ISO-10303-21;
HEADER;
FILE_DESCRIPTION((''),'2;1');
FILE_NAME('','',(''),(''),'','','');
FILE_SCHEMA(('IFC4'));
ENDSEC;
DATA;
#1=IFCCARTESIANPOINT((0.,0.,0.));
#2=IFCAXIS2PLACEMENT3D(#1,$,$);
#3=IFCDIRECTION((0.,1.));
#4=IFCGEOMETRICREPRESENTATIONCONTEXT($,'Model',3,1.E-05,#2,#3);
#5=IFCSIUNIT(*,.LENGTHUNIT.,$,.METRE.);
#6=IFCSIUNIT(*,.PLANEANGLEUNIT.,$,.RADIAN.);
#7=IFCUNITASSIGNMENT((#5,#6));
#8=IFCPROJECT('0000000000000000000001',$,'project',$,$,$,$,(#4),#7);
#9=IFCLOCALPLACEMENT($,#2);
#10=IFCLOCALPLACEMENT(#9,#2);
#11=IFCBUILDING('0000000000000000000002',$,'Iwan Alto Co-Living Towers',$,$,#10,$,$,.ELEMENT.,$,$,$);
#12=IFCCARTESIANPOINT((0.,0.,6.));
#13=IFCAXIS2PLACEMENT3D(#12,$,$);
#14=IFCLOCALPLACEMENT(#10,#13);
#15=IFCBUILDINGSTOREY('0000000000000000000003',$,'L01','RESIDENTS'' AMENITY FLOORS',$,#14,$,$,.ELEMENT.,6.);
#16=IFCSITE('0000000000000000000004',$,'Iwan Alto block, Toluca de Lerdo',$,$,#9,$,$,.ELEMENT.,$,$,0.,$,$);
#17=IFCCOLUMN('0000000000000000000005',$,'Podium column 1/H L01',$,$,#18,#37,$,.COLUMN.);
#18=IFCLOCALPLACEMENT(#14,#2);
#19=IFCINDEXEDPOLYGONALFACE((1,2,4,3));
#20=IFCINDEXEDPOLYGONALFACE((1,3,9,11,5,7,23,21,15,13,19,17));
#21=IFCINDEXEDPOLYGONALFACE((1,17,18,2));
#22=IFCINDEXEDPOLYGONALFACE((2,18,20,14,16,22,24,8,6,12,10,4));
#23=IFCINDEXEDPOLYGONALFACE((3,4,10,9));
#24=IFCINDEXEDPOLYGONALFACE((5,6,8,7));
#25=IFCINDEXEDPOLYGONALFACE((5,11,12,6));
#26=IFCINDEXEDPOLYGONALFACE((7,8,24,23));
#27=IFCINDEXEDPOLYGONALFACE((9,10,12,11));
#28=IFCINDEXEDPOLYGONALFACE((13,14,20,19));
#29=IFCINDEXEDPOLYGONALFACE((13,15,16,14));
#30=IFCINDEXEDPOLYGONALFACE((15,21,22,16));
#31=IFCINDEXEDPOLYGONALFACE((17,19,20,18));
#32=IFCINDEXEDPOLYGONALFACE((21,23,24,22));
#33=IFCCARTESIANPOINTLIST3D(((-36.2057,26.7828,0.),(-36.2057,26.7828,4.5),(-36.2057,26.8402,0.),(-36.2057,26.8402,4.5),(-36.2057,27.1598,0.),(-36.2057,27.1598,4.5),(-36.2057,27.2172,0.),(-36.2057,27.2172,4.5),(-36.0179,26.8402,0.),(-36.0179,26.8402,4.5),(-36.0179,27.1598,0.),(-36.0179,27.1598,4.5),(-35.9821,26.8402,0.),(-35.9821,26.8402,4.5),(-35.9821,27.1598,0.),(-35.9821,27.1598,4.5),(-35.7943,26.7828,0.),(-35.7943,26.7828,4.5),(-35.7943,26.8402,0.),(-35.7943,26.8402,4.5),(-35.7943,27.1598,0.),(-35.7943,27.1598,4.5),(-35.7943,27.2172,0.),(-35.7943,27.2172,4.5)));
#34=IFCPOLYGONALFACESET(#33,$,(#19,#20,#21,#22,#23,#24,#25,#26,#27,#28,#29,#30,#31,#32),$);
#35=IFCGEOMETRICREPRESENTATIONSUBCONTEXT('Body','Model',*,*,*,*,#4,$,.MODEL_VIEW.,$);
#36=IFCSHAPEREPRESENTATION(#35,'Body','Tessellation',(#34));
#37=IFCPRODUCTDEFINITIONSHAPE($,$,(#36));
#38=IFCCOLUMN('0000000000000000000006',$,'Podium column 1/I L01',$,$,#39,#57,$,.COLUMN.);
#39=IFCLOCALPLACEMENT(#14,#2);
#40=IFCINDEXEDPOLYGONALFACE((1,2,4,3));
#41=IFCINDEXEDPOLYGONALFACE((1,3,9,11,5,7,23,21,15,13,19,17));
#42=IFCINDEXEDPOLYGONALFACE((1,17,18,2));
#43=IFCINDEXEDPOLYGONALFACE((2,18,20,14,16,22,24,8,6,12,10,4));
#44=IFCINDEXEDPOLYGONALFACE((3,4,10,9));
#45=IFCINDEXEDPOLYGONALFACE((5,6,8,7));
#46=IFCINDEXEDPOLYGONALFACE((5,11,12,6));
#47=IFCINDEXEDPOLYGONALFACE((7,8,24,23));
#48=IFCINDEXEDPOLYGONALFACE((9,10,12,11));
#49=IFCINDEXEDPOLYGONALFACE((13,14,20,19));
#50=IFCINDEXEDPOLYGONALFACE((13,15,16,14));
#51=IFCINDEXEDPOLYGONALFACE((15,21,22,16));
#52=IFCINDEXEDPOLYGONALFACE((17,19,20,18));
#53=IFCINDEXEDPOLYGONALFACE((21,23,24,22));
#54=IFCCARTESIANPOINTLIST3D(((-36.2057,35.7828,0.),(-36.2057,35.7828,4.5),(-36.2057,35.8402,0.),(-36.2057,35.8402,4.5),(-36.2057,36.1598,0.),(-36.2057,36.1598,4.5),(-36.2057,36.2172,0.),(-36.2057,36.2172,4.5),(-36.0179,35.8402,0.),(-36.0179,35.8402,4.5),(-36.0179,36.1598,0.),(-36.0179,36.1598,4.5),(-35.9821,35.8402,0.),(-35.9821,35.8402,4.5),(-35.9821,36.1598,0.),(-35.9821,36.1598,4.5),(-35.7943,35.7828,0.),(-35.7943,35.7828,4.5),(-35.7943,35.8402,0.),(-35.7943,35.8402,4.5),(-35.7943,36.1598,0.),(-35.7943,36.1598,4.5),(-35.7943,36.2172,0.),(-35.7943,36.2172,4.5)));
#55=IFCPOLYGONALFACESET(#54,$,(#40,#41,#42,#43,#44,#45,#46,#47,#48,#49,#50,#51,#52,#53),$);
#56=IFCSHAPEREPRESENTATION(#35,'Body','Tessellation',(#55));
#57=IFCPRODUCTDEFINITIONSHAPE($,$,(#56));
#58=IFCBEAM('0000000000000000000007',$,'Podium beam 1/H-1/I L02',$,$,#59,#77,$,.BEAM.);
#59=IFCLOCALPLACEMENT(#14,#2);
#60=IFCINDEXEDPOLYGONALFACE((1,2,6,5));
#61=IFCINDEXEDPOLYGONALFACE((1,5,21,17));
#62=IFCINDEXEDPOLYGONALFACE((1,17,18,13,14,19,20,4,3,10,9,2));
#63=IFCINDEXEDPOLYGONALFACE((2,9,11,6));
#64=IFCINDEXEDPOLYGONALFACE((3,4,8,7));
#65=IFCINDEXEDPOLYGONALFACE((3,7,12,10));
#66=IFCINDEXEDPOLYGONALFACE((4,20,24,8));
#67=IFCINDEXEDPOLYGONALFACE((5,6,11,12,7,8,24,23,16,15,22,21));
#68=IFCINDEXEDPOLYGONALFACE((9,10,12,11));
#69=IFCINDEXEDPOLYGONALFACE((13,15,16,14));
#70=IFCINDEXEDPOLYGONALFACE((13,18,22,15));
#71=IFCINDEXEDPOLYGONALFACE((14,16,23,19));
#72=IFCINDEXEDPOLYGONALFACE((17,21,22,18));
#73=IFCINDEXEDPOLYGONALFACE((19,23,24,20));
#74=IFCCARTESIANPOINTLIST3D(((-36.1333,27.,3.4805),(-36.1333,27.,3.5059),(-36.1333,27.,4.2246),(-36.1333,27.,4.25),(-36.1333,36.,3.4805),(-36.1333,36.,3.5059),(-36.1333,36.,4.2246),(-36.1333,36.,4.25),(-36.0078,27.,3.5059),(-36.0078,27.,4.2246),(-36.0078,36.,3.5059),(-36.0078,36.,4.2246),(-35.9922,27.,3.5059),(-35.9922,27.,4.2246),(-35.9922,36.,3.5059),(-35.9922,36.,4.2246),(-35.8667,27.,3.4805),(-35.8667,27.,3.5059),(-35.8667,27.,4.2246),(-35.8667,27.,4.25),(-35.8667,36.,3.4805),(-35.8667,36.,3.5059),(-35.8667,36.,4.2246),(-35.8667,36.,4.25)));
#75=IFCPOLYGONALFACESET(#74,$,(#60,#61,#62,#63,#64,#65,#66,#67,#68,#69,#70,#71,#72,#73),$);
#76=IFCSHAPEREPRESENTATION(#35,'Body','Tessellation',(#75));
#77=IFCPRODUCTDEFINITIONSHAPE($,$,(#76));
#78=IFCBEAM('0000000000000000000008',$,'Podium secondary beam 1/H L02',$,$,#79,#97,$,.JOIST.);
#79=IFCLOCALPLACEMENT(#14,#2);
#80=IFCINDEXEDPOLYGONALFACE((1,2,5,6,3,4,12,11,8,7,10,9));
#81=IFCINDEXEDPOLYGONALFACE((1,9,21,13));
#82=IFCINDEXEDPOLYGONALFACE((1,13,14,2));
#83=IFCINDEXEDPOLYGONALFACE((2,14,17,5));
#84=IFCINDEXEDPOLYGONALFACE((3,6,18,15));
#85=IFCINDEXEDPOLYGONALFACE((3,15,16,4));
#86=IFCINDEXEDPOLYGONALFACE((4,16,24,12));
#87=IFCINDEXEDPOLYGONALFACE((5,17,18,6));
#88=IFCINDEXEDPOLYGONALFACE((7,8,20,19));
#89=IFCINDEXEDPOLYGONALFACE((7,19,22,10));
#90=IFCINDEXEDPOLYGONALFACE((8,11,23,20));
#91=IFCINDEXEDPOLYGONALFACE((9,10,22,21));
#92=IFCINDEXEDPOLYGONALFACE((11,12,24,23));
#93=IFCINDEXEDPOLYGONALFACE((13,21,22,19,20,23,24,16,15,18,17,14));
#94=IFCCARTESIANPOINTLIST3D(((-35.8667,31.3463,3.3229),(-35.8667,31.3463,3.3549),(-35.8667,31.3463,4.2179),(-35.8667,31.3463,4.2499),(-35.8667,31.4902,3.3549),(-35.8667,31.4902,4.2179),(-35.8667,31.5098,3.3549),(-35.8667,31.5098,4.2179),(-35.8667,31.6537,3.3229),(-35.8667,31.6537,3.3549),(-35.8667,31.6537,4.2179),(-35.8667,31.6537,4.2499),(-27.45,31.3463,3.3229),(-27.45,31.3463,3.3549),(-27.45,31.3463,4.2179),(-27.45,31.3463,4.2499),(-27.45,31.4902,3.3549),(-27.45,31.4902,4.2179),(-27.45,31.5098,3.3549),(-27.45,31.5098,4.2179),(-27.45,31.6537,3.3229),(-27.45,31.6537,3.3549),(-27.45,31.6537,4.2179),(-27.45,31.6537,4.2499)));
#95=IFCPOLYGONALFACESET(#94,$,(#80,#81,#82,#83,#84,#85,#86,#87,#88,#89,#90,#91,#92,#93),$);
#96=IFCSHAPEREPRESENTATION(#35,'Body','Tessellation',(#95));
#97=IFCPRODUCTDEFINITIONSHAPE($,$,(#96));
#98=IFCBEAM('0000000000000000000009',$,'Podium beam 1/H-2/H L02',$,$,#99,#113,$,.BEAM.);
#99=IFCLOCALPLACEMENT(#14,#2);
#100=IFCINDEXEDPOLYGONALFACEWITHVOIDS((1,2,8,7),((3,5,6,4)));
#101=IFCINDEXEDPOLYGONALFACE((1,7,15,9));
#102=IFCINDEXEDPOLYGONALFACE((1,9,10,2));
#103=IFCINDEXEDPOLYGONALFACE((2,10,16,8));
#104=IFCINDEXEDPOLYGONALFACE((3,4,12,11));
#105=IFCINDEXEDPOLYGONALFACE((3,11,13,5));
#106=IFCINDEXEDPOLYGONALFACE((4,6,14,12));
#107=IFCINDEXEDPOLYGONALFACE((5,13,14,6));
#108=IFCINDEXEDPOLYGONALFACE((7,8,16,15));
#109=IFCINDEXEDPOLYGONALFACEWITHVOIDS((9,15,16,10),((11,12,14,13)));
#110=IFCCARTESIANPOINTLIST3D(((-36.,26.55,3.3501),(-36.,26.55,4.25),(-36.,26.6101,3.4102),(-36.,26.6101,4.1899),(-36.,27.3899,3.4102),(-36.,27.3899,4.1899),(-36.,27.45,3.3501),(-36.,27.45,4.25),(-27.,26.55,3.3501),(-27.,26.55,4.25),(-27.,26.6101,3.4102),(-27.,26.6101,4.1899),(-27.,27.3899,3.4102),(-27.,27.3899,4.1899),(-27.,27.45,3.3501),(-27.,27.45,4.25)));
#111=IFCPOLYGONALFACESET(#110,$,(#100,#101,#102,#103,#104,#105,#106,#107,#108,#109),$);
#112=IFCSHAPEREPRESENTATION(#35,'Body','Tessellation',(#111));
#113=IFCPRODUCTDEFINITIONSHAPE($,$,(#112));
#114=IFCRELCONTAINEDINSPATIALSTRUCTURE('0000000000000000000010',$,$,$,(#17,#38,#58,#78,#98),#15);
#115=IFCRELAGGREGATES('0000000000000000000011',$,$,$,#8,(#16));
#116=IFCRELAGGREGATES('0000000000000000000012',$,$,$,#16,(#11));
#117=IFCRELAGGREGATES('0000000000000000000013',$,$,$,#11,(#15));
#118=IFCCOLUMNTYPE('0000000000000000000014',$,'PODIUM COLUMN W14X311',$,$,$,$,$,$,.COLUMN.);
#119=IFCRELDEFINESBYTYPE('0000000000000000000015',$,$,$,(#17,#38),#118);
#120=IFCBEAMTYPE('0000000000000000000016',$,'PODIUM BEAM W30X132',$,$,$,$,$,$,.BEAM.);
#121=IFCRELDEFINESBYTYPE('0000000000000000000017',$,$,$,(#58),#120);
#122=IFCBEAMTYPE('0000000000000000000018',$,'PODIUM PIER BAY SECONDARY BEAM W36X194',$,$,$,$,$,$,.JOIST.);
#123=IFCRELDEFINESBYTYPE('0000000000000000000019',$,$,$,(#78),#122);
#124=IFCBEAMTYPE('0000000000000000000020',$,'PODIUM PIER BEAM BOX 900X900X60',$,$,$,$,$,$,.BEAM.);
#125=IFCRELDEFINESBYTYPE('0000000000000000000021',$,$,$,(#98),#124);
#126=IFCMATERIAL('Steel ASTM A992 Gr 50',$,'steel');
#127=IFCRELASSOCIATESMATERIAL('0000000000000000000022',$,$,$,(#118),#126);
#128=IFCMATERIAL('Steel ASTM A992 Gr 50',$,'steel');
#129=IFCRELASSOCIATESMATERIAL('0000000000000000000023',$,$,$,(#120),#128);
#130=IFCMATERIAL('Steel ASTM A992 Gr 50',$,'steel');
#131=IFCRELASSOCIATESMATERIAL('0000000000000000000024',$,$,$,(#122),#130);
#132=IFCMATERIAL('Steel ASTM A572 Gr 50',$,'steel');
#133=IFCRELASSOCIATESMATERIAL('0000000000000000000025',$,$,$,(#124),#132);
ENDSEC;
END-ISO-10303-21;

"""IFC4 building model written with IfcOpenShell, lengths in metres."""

from ifc_helpers import new_model, si_unit, direction, frame, origin, origin_2d, place, context, subcontext, project, spatial, hollow_rectangle, i_section, extrude, material, material_profile, profile_set, type_object, element, save


model = new_model("IFC4")

# Units and contexts
model_context = context("Model", 3, precision=1e-05, world=origin(), true_north=direction((0.0, 1.0)))
body_context = subcontext(model_context, "Body", "Model", "MODEL_VIEW")
ifc_project = project(units=[si_unit("LENGTHUNIT", "METRE"), si_unit("PLANEANGLEUNIT", "RADIAN")], contexts=[model_context])

# Site, building, storey
site_placement = place(None, origin())
site = spatial("IfcSite", under=ifc_project, at=site_placement, Name="Iwan Alto block, Toluca de Lerdo", CompositionType="ELEMENT", RefElevation=0.0)
building_placement = place(site_placement, origin())
building = spatial("IfcBuilding", under=site, at=building_placement, Name="Iwan Alto Co-Living Towers", CompositionType="ELEMENT")
storey_placement = place(building_placement, frame((0.0, 0.0, 6.0)))
storey = spatial("IfcBuildingStorey", under=building, at=storey_placement, Name="L01", Description="RESIDENTS' AMENITY FLOORS", CompositionType="ELEMENT", Elevation=6.0)

# Columns
ifc_material_1 = material(Name="Steel ASTM A992 Gr 50", Category="steel")
ifc_material_profile_1 = material_profile(ifc_material_1, i_section(OverallWidth=0.4114, OverallDepth=0.4343, WebThickness=0.0359, FlangeThickness=0.0574, at=origin_2d()), Name="W14X311")
ifc_profile_set_1 = profile_set([ifc_material_profile_1], Name="Steel ASTM A992 Gr 50")
column_type = type_object("IfcColumnType", Name="PODIUM COLUMN W14X311", PredefinedType="COLUMN", material=ifc_profile_set_1)
for number, where, z_axis, x_axis, name in (
    (1, (-36.0, 27.0, 0.0), (0.0, 0.0, 1.0), (1.0, 0.0, 0.0), "Podium column 1/H L01"),
    (2, (-36.0, 36.0, 0.0), (0.0, 0.0, 1.0), (1.0, 0.0, 0.0), "Podium column 1/I L01"),
):
    element("IfcColumn", number, at=place(storey_placement, frame(where, z_axis=z_axis, x_axis=x_axis)), inside=storey, type_object=column_type, Name=name, PredefinedType="COLUMN", context=body_context, shape_type="SweptSolid", body=[
        extrude(i_section(OverallWidth=0.4114, OverallDepth=0.4343, WebThickness=0.0359, FlangeThickness=0.0574, at=origin_2d()), origin(), (0.0, 0.0, 1.0), 4.5),
    ])

# Beams
ifc_material_2 = material(Name="Steel ASTM A992 Gr 50", Category="steel")
ifc_material_profile_2 = material_profile(ifc_material_2, i_section(OverallWidth=0.2666, OverallDepth=0.7695, WebThickness=0.0156, FlangeThickness=0.0254, at=origin_2d()), Name="W30X132")
ifc_profile_set_2 = profile_set([ifc_material_profile_2], Name="Steel ASTM A992 Gr 50")
beam_type_1 = type_object("IfcBeamType", Name="PODIUM BEAM W30X132", PredefinedType="BEAM", material=ifc_profile_set_2)
beam_1_placement = place(storey_placement, frame((-36.0, 27.0, 3.8652), z_axis=(0.0, 1.0, 0.0), x_axis=(-1.0, 0.0, 0.0)))
element("IfcBeam", 3, at=beam_1_placement, inside=storey, type_object=beam_type_1, Name="Podium beam 1/H-1/I L02", PredefinedType="BEAM", context=body_context, shape_type="SweptSolid", body=[
    extrude(i_section(OverallWidth=0.2666, OverallDepth=0.7695, WebThickness=0.0156, FlangeThickness=0.0254, at=origin_2d()), origin(), (0.0, 0.0, 1.0), 9.0),
])
ifc_material_3 = material(Name="Steel ASTM A992 Gr 50", Category="steel")
ifc_material_profile_3 = material_profile(ifc_material_3, i_section(OverallWidth=0.3074, OverallDepth=0.927, WebThickness=0.0195, FlangeThickness=0.032, at=origin_2d()), Name="W36X194")
ifc_profile_set_3 = profile_set([ifc_material_profile_3], Name="Steel ASTM A992 Gr 50")
beam_type_2 = type_object("IfcBeamType", Name="PODIUM PIER BAY SECONDARY BEAM W36X194", PredefinedType="JOIST", material=ifc_profile_set_3)
beam_2_placement = place(storey_placement, frame((-35.8667, 31.5, 3.7864), z_axis=(1.0, 0.0, 0.0), x_axis=(0.0, 1.0, 0.0)))
element("IfcBeam", 4, at=beam_2_placement, inside=storey, type_object=beam_type_2, Name="Podium secondary beam 1/H L02", PredefinedType="JOIST", context=body_context, shape_type="SweptSolid", body=[
    extrude(i_section(OverallWidth=0.3074, OverallDepth=0.927, WebThickness=0.0195, FlangeThickness=0.032, at=origin_2d()), origin(), (0.0, 0.0, 1.0), 8.4167),
])
ifc_material_4 = material(Name="Steel ASTM A572 Gr 50", Category="steel")
ifc_material_profile_4 = material_profile(ifc_material_4, hollow_rectangle(XDim=0.8999, YDim=0.8999, WallThickness=0.0601, at=origin_2d()), Name="BOX 900X900X60")
ifc_profile_set_4 = profile_set([ifc_material_profile_4], Name="Steel ASTM A572 Gr 50")
beam_type_3 = type_object("IfcBeamType", Name="PODIUM PIER BEAM BOX 900X900X60", PredefinedType="BEAM", material=ifc_profile_set_4)
beam_3_placement = place(storey_placement, frame((-36.0, 27.0, 3.8), z_axis=(1.0, 0.0, 0.0), x_axis=(0.0, 1.0, 0.0)))
element("IfcBeam", 5, at=beam_3_placement, inside=storey, type_object=beam_type_3, Name="Podium beam 1/H-2/H L02", PredefinedType="BEAM", context=body_context, shape_type="SweptSolid", body=[
    extrude(hollow_rectangle(XDim=0.8999, YDim=0.8999, WallThickness=0.0601, at=origin_2d()), origin(), (0.0, 0.0, 1.0), 9.0),
])

save(model, "model.ifc")
